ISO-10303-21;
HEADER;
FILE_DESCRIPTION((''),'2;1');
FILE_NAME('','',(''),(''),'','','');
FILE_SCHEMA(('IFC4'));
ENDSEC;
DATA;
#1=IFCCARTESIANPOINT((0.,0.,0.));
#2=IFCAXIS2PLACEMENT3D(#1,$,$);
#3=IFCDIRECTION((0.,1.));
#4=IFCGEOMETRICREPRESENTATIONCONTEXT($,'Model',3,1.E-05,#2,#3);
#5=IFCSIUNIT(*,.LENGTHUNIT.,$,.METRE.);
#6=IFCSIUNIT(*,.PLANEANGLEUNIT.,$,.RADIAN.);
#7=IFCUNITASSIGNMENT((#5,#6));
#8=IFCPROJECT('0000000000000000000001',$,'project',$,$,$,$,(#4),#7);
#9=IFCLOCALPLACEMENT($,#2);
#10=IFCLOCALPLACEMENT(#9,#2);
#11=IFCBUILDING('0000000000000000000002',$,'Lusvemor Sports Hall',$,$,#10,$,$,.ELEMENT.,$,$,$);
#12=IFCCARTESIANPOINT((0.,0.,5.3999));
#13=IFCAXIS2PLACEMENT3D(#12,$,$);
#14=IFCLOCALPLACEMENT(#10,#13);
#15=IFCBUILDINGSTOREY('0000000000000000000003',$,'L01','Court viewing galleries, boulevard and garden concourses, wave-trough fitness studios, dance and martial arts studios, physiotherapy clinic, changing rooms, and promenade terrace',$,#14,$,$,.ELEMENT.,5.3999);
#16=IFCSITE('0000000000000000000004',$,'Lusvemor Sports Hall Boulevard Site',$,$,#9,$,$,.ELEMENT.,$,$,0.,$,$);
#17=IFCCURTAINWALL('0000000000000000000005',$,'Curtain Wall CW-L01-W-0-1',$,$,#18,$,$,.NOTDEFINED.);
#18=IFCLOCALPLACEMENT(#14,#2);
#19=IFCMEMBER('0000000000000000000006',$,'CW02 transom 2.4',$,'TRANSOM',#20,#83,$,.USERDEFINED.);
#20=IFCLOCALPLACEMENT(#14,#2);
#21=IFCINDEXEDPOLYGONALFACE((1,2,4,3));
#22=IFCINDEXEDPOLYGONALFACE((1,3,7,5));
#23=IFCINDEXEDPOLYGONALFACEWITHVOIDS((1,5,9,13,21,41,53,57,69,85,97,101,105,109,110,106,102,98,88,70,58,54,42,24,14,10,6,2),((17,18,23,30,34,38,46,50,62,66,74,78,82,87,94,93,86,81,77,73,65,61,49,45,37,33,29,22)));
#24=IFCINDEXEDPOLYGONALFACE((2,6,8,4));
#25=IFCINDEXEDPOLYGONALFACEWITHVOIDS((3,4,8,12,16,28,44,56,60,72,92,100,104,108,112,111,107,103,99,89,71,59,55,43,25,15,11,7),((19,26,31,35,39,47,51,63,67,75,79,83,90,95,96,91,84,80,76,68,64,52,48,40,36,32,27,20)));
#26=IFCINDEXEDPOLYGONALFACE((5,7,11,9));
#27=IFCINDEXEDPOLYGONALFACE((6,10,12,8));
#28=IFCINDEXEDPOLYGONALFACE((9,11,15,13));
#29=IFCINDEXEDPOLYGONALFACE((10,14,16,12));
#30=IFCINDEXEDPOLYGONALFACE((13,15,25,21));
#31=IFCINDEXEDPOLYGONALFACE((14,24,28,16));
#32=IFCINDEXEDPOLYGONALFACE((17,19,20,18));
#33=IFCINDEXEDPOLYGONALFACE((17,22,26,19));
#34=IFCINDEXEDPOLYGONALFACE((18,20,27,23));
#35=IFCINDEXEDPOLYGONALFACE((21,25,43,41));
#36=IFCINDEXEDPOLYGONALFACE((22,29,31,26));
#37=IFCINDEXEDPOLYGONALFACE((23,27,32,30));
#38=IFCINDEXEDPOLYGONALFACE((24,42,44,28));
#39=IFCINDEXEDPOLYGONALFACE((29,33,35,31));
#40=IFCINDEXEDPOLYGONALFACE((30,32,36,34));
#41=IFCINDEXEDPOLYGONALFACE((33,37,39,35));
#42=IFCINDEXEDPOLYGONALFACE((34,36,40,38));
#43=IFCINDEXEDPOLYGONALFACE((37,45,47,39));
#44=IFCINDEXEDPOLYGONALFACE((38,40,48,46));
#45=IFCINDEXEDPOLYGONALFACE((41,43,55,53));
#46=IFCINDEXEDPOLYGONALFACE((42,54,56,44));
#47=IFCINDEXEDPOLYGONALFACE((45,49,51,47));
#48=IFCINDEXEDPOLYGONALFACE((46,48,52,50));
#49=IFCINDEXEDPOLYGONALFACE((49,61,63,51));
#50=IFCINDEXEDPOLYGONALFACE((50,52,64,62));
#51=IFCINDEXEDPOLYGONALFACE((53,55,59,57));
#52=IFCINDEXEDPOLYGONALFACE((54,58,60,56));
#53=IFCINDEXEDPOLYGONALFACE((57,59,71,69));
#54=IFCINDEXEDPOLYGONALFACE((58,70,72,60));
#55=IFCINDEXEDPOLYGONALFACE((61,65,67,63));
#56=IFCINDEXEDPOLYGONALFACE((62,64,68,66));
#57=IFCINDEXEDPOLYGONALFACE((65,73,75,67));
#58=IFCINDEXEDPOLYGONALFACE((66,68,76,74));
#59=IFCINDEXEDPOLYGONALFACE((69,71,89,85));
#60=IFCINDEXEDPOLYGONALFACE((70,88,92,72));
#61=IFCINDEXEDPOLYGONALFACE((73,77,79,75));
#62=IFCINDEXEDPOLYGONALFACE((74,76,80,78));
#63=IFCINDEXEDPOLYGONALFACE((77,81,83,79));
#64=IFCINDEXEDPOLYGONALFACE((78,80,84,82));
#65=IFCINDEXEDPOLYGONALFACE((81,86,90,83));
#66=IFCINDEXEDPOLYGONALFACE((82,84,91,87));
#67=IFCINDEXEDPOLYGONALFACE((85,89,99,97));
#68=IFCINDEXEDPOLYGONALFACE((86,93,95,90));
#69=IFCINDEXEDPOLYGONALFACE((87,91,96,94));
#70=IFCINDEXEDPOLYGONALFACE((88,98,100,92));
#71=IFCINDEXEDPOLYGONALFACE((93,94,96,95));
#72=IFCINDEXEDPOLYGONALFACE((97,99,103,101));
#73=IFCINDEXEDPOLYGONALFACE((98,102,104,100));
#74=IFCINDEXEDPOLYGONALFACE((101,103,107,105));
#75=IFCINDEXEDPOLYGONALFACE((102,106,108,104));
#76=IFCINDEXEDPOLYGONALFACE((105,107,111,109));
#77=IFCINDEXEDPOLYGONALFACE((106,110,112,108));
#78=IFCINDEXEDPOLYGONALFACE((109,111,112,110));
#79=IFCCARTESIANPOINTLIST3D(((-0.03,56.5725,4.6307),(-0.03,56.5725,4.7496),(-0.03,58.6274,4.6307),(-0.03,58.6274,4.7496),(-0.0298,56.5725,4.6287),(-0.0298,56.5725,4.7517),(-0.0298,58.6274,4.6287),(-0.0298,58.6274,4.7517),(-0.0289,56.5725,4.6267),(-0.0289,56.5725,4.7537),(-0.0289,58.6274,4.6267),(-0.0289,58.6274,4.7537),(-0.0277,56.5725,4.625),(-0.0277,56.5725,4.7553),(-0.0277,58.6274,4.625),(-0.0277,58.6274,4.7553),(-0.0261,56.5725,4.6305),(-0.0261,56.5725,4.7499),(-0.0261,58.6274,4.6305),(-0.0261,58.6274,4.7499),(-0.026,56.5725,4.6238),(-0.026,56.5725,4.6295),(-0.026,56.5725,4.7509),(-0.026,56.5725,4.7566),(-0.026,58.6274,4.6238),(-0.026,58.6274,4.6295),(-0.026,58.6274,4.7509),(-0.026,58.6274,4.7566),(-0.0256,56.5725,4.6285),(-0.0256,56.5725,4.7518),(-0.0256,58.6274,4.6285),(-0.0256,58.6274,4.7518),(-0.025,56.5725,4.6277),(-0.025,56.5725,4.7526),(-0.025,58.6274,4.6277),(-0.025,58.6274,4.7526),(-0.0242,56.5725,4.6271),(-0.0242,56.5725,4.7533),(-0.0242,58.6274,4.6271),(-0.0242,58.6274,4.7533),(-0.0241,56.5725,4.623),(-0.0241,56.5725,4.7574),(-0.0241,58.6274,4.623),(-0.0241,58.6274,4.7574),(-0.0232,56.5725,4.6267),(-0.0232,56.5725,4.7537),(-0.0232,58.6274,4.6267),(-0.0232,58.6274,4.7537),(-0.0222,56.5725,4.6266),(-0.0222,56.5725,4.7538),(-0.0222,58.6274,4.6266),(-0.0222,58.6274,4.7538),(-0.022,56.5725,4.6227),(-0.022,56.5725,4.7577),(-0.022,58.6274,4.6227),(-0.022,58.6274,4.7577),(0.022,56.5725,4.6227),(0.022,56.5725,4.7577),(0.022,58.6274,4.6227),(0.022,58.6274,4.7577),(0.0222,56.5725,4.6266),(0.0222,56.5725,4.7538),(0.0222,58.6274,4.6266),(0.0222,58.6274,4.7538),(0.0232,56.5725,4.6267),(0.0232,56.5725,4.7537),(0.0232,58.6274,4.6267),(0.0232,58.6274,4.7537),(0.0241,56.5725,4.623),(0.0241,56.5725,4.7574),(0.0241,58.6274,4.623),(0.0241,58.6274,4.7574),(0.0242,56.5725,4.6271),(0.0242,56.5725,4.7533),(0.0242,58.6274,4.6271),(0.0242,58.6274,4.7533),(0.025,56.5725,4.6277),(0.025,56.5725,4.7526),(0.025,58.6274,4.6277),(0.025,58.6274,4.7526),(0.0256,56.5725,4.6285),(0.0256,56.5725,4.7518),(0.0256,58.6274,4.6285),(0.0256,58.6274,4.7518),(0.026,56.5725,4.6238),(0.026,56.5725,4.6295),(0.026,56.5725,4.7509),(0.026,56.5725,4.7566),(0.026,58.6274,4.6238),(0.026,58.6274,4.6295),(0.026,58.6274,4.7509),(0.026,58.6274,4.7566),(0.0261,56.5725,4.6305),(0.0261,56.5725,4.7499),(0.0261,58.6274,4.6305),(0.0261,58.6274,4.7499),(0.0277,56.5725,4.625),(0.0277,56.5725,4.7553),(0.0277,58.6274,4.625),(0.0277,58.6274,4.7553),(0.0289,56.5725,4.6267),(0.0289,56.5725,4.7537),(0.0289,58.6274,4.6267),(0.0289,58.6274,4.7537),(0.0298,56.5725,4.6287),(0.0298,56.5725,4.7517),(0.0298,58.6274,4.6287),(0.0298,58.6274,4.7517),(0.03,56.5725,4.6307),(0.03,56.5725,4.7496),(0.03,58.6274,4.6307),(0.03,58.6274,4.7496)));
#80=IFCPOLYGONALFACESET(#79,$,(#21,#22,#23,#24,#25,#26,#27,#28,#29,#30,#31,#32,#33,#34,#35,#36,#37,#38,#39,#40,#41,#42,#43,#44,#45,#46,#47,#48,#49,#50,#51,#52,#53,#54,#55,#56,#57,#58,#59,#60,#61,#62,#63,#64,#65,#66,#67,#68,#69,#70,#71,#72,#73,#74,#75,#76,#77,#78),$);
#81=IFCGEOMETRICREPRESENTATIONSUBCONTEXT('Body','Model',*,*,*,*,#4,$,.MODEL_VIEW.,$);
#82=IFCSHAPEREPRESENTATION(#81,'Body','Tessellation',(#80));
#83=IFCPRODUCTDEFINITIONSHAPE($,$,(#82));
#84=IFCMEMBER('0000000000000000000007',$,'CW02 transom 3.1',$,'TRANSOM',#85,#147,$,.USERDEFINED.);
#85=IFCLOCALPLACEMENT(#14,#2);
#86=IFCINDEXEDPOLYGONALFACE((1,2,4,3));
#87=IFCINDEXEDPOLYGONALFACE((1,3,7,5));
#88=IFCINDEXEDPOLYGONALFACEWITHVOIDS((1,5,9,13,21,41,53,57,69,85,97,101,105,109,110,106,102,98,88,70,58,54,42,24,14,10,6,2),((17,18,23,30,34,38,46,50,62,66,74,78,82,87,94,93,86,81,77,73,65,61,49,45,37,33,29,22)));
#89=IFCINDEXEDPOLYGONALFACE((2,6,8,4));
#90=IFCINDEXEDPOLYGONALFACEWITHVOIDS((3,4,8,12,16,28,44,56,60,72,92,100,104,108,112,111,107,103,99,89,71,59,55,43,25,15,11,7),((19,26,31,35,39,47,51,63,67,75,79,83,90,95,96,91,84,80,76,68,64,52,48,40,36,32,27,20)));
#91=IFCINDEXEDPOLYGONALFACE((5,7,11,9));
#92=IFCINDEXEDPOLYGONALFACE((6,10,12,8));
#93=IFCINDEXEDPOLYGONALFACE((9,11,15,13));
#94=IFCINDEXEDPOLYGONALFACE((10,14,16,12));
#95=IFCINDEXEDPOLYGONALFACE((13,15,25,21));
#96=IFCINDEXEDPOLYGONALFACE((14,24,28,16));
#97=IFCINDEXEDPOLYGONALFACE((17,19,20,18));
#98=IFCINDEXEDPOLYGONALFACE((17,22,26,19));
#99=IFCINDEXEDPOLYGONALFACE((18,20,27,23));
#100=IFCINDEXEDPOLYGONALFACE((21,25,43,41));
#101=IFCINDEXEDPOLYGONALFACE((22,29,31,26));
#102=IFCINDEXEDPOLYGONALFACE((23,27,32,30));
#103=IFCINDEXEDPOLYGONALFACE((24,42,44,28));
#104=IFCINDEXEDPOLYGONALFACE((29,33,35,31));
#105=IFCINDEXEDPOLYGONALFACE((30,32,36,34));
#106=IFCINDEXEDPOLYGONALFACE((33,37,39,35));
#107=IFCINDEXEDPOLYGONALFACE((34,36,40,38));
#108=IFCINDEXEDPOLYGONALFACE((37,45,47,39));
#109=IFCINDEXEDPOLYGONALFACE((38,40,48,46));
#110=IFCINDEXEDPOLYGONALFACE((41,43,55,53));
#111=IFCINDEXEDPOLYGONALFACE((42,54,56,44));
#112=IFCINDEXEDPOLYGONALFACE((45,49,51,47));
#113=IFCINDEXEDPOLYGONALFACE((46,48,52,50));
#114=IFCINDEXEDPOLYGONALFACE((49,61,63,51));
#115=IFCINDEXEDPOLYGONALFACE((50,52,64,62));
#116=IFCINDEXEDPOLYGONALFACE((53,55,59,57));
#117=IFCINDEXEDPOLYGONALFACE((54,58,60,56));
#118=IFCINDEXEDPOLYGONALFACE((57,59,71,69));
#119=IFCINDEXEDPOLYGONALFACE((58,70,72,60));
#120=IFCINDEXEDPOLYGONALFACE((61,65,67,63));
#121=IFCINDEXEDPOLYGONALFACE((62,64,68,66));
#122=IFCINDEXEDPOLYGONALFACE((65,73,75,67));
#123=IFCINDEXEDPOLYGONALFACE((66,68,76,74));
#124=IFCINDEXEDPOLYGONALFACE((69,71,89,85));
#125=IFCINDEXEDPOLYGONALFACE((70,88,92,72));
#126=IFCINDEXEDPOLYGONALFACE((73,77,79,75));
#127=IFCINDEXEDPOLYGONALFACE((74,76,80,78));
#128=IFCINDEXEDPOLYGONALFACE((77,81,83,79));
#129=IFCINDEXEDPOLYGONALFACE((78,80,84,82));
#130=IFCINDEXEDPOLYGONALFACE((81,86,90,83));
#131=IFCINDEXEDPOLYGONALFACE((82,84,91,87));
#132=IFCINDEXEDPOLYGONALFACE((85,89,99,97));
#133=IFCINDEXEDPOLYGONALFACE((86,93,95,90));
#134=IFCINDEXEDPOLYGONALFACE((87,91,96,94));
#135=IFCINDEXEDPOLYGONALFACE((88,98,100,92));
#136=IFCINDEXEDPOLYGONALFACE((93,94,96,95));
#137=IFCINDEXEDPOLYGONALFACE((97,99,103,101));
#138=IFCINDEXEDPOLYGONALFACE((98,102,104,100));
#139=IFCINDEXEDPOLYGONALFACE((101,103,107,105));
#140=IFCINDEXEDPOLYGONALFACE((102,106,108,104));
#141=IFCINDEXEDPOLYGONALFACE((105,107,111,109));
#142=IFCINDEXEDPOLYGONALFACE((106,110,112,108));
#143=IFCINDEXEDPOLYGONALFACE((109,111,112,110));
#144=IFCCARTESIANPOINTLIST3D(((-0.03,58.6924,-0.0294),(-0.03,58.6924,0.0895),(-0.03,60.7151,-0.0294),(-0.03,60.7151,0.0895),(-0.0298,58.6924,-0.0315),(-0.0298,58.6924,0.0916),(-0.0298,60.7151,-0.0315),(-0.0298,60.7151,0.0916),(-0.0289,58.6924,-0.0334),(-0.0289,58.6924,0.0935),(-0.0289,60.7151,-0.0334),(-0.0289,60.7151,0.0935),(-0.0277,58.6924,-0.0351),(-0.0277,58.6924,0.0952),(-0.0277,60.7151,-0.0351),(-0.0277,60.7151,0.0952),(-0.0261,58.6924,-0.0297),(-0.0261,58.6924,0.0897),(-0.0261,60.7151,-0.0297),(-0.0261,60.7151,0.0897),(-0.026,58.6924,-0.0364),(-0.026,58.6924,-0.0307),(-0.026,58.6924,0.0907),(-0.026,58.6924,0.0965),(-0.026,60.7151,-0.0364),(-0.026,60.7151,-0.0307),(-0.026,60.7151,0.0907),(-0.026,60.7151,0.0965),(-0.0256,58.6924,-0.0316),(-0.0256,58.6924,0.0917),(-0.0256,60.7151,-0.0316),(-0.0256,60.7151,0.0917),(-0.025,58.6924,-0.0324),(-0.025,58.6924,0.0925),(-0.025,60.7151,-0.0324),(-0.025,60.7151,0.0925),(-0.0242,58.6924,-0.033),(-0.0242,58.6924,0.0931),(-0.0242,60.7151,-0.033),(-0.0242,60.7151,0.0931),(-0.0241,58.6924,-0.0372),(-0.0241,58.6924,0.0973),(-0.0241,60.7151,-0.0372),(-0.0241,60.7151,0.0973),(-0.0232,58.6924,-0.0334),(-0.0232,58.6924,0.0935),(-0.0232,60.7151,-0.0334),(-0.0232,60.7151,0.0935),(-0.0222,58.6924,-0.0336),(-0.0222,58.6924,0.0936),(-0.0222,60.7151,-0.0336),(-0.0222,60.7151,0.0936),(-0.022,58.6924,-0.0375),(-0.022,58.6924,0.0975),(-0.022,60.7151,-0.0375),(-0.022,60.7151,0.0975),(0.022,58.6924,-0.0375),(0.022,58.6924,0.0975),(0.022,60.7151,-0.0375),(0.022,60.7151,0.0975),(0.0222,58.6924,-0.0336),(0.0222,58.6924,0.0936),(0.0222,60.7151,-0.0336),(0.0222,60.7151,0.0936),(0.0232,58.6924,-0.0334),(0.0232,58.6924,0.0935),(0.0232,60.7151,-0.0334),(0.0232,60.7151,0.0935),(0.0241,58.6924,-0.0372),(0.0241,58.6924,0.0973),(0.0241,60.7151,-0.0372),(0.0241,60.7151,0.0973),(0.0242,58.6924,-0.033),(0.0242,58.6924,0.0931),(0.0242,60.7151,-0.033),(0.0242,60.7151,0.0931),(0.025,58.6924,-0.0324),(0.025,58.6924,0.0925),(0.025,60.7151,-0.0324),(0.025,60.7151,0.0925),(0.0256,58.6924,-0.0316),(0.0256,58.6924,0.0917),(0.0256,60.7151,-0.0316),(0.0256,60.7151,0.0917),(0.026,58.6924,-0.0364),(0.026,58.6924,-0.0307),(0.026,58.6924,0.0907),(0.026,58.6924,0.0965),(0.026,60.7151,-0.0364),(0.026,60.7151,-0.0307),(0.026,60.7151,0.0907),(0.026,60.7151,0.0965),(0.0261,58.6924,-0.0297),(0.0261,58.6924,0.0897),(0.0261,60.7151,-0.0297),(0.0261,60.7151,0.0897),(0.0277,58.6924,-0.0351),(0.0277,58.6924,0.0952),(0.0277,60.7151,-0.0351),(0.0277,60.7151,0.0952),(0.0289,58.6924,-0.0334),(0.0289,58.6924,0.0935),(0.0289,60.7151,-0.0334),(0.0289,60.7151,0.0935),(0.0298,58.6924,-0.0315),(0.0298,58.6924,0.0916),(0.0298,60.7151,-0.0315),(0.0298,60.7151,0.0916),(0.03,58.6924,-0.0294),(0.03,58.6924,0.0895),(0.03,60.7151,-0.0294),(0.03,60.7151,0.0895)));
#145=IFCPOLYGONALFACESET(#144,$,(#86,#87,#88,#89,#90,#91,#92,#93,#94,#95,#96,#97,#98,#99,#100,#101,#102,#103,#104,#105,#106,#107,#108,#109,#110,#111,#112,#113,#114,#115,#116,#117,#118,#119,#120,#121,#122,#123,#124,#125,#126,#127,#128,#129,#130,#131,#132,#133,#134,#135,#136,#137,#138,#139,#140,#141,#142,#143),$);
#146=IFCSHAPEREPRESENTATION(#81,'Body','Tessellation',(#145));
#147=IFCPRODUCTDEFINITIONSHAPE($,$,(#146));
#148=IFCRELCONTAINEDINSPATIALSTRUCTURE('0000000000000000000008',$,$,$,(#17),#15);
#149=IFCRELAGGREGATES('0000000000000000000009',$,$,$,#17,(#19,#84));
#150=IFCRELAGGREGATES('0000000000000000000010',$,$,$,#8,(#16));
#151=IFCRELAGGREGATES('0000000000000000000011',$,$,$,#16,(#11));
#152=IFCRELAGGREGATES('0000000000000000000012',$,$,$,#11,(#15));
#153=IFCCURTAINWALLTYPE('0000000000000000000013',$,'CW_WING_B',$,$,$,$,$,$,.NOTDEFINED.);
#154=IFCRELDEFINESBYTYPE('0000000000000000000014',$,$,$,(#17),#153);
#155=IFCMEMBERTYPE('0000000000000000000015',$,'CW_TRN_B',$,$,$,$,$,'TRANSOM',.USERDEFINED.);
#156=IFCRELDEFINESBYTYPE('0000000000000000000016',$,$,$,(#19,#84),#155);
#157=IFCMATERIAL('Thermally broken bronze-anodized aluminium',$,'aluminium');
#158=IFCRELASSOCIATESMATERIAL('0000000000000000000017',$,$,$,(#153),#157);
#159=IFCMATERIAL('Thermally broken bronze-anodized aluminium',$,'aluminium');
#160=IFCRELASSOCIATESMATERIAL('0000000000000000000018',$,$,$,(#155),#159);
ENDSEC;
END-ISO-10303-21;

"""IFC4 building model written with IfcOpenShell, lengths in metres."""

from ifc_helpers import new_model, si_unit, direction, frame, origin, origin_2d, place, context, subcontext, project, spatial, hollow_rectangle, extrude, material, material_profile, profile_set, type_object, element, aggregate, save


model = new_model("IFC4")

# Units and contexts
model_context = context("Model", 3, precision=1e-05, world=origin(), true_north=direction((0.0, 1.0)))
body_context = subcontext(model_context, "Body", "Model", "MODEL_VIEW")
ifc_project = project(units=[si_unit("LENGTHUNIT", "METRE"), si_unit("PLANEANGLEUNIT", "RADIAN")], contexts=[model_context])

# Site, building, storey
site_placement = place(None, origin())
site = spatial("IfcSite", under=ifc_project, at=site_placement, Name="Lusvemor Sports Hall Boulevard Site", CompositionType="ELEMENT", RefElevation=0.0)
building_placement = place(site_placement, origin())
building = spatial("IfcBuilding", under=site, at=building_placement, Name="Lusvemor Sports Hall", CompositionType="ELEMENT")
storey_placement = place(building_placement, frame((0.0, 0.0, 5.3999)))
storey = spatial("IfcBuildingStorey", under=building, at=storey_placement, Name="L01", Description="Court viewing galleries, boulevard and garden concourses, wave-trough fitness studios, dance and martial arts studios, physiotherapy clinic, changing rooms, and promenade terrace", CompositionType="ELEMENT", Elevation=5.3999)

# Curtain wall
ifc_material_1 = material(Name="Thermally broken bronze-anodized aluminium", Category="aluminium")
curtain_wall_type_1 = type_object("IfcCurtainWallType", Name="CW_WING_B", PredefinedType="NOTDEFINED", material=ifc_material_1)
curtain_wall_1_placement = place(storey_placement, origin())
curtain_wall_1 = element("IfcCurtainWall", 1, at=curtain_wall_1_placement, inside=storey, type_object=curtain_wall_type_1, Name="Curtain Wall CW-L01-W-0-1", PredefinedType="NOTDEFINED")

# Members
ifc_material_2 = material(Name="Thermally broken bronze-anodized aluminium", Category="aluminium")
ifc_material_profile_1 = material_profile(ifc_material_2, hollow_rectangle(XDim=0.0601, YDim=0.135, WallThickness=0.0039, InnerFilletRadius=0.0039, OuterFilletRadius=0.0081, at=origin_2d()), Name="CWTRN135x60x4")
ifc_profile_set_1 = profile_set([ifc_material_profile_1], Name="Thermally broken bronze-anodized aluminium")
member_type_1 = type_object("IfcMemberType", Name="CW_TRN_B", ElementType="TRANSOM", PredefinedType="USERDEFINED", material=ifc_profile_set_1)
member_1_placement = place(storey_placement, frame((0.0, 56.5725, 4.6902), z_axis=(0.0, 1.0, 0.0), x_axis=(-1.0, 0.0, 0.0)))
member_1 = element("IfcMember", 2, at=member_1_placement, type_object=member_type_1, Name="CW02 transom 2.4", ObjectType="TRANSOM", PredefinedType="USERDEFINED", context=body_context, shape_type="SweptSolid", body=[
    extrude(hollow_rectangle(XDim=0.0601, YDim=0.135, WallThickness=0.0039, InnerFilletRadius=0.0039, OuterFilletRadius=0.0081, at=origin_2d()), origin(), (0.0, 0.0, 1.0), 2.0549),
])
member_2_placement = place(storey_placement, frame((0.0, 58.6924, 0.03), z_axis=(0.0, 1.0, 0.0), x_axis=(-1.0, 0.0, 0.0)))
member_2 = element("IfcMember", 3, at=member_2_placement, type_object=member_type_1, Name="CW02 transom 3.1", ObjectType="TRANSOM", PredefinedType="USERDEFINED", context=body_context, shape_type="SweptSolid", body=[
    extrude(hollow_rectangle(XDim=0.0601, YDim=0.135, WallThickness=0.0039, InnerFilletRadius=0.0039, OuterFilletRadius=0.0081, at=origin_2d()), origin(), (0.0, 0.0, 1.0), 2.0227),
])

aggregate(curtain_wall_1, [member_1, member_2])

save(model, "model.ifc")
